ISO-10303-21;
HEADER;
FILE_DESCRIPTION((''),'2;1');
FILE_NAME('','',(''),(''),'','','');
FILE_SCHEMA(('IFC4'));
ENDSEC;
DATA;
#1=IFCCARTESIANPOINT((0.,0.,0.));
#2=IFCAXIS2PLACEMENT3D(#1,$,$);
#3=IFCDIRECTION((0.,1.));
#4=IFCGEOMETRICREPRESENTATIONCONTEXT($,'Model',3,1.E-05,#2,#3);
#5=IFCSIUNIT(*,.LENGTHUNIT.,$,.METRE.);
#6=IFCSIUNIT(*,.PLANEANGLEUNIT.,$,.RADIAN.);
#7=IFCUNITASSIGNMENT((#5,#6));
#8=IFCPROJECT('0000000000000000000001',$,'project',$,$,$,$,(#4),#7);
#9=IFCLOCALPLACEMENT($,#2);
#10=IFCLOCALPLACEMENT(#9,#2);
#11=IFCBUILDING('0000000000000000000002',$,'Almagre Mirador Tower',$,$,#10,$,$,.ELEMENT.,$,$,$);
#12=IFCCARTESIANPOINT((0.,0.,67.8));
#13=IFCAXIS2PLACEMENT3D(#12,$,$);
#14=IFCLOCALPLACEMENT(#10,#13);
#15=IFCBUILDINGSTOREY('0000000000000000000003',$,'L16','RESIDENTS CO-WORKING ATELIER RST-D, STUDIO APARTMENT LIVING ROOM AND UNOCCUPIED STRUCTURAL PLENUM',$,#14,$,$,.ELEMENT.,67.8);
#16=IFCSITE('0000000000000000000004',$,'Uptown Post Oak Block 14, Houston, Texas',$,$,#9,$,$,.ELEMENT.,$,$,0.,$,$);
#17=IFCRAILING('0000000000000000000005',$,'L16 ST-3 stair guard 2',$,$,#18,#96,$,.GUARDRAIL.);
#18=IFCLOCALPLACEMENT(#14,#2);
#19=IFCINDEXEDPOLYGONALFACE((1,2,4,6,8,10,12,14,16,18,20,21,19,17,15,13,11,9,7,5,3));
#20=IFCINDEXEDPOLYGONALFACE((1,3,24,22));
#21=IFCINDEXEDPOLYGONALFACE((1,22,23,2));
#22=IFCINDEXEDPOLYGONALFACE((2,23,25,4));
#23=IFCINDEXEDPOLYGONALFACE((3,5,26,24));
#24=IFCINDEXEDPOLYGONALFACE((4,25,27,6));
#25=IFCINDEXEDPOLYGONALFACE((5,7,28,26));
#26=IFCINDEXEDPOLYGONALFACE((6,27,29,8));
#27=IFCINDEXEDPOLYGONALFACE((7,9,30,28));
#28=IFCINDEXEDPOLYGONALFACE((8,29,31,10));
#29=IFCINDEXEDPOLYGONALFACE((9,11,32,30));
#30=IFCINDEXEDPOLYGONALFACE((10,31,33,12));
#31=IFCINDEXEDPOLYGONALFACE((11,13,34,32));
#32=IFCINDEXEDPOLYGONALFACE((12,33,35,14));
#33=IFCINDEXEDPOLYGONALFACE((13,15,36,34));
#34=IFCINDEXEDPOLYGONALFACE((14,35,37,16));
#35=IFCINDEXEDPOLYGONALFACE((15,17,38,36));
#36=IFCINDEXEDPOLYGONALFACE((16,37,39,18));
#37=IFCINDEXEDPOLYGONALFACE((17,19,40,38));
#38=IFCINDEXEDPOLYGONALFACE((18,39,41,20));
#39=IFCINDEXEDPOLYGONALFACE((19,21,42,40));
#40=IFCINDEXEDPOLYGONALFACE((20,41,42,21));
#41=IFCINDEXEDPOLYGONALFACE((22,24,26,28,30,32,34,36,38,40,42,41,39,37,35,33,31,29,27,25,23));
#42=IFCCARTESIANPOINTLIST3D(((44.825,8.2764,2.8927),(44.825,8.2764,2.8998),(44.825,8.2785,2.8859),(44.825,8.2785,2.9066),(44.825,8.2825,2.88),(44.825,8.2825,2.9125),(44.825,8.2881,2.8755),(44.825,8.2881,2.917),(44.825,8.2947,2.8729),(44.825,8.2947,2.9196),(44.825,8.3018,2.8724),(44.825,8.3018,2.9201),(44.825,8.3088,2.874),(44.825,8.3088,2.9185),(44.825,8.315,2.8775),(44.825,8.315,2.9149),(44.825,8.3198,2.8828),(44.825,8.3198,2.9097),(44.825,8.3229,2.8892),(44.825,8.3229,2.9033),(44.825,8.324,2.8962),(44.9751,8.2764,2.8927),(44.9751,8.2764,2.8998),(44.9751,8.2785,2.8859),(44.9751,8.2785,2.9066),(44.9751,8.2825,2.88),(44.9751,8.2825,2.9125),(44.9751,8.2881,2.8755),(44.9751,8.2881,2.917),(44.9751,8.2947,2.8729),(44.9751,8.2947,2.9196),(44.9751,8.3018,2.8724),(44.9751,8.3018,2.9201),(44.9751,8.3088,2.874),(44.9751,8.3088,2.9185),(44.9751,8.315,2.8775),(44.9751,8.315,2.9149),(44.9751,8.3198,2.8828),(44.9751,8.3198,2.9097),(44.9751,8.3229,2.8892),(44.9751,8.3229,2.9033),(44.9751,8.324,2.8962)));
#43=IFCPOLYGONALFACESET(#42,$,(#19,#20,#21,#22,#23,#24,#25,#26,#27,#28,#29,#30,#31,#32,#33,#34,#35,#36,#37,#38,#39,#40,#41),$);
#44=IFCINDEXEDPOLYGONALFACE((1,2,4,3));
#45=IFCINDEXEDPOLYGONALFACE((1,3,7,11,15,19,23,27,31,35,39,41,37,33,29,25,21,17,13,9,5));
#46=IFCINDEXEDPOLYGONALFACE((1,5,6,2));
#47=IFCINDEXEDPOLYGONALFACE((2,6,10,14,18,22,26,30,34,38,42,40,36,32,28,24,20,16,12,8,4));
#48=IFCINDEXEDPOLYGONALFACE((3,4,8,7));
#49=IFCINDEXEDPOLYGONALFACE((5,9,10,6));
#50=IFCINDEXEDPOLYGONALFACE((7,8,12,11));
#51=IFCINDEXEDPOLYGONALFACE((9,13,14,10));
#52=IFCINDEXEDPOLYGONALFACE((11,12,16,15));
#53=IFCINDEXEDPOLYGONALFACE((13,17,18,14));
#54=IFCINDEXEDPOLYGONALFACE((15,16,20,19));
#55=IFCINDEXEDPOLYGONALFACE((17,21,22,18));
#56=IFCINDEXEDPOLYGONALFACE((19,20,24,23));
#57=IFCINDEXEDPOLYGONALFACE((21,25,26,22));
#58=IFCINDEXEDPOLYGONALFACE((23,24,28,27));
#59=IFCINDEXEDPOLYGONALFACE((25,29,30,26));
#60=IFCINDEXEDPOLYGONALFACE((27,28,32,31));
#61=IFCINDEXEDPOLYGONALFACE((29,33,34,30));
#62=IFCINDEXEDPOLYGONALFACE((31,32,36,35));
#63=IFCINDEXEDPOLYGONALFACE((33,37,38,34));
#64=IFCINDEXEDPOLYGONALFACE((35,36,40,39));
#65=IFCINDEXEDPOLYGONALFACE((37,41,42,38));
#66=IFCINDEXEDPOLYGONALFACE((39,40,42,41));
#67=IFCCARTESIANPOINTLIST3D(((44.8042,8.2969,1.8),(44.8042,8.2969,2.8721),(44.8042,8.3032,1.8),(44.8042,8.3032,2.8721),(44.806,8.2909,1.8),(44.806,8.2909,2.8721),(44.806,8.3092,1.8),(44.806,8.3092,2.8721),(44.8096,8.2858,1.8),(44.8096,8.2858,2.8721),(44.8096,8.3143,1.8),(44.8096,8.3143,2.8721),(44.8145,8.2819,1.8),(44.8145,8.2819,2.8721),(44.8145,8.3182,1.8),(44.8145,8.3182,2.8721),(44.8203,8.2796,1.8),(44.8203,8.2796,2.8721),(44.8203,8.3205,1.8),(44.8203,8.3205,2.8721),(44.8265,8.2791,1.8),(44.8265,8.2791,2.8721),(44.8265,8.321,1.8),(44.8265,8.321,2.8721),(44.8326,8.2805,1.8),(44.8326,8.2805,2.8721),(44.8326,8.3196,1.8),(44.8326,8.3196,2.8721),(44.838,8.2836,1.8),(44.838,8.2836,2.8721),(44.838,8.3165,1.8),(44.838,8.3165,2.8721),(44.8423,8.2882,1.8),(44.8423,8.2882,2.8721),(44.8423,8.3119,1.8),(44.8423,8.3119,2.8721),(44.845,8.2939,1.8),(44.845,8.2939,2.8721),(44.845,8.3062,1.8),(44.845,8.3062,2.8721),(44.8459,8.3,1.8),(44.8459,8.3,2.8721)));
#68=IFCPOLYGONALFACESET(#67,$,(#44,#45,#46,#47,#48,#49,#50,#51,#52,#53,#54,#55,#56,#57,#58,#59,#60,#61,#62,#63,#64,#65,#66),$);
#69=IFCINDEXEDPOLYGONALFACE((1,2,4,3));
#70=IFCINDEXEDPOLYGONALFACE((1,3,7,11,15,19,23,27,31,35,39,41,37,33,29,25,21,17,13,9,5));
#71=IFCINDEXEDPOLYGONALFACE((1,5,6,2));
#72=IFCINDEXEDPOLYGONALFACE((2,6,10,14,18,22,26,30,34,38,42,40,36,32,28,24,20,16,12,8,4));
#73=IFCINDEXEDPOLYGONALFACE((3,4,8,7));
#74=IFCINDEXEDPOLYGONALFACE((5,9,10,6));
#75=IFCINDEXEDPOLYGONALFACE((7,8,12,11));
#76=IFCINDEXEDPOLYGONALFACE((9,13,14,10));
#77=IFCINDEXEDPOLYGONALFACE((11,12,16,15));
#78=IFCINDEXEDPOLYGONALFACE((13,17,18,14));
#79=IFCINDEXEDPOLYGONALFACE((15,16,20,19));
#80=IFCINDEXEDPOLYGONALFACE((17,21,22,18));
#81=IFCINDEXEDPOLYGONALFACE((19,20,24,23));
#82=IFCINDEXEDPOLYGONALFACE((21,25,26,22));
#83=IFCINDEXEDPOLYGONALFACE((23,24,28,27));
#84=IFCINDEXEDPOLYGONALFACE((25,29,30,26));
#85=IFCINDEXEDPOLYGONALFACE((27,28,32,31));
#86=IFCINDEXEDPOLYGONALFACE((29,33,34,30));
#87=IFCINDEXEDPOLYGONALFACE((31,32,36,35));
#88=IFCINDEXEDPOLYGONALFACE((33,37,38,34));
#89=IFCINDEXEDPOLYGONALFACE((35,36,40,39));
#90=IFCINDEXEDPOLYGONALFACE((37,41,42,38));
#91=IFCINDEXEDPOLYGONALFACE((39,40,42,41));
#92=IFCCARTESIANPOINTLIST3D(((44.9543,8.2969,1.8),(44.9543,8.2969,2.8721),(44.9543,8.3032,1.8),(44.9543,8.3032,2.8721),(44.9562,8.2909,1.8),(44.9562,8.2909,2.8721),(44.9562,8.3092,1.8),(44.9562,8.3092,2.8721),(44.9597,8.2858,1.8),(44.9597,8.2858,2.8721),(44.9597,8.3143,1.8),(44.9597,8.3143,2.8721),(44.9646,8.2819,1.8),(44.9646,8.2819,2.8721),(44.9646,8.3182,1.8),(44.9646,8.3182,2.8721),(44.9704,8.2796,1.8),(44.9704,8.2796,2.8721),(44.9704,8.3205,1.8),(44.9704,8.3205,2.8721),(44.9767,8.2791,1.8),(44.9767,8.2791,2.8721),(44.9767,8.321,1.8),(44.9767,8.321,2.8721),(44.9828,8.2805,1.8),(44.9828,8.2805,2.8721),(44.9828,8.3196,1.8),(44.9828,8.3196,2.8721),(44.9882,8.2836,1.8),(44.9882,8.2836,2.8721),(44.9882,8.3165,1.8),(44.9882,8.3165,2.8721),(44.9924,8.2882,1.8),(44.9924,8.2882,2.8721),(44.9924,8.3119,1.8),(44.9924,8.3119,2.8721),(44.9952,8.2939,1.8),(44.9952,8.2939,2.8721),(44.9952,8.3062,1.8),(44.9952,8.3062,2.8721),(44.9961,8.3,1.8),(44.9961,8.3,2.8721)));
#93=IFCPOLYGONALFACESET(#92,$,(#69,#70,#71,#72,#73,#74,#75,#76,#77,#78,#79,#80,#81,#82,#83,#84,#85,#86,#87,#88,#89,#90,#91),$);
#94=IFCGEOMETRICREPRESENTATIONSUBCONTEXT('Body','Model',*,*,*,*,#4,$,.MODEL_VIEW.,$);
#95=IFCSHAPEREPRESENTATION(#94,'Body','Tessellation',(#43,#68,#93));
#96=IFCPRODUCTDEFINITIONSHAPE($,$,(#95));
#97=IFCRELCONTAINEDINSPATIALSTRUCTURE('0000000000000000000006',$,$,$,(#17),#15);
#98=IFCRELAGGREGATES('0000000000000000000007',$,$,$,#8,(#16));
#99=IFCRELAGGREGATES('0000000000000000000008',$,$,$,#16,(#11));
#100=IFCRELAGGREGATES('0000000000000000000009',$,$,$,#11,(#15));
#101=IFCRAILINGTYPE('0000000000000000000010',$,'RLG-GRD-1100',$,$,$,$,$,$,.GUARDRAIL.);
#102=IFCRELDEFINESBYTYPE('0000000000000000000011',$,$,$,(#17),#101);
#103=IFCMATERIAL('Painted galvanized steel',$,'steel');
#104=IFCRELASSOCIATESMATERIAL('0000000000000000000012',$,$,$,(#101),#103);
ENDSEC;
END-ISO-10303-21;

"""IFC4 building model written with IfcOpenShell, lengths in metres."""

from ifc_helpers import new_model, si_unit, direction, frame, origin, origin_2d, place, context, subcontext, project, spatial, circle, extrude, material, type_object, element, save


model = new_model("IFC4")

# Units and contexts
model_context = context("Model", 3, precision=1e-05, world=origin(), true_north=direction((0.0, 1.0)))
body_context = subcontext(model_context, "Body", "Model", "MODEL_VIEW")
ifc_project = project(units=[si_unit("LENGTHUNIT", "METRE"), si_unit("PLANEANGLEUNIT", "RADIAN")], contexts=[model_context])

# Site, building, storey
site_placement = place(None, origin())
site = spatial("IfcSite", under=ifc_project, at=site_placement, Name="Uptown Post Oak Block 14, Houston, Texas", CompositionType="ELEMENT", RefElevation=0.0)
building_placement = place(site_placement, origin())
building = spatial("IfcBuilding", under=site, at=building_placement, Name="Almagre Mirador Tower", CompositionType="ELEMENT")
storey_placement = place(building_placement, frame((0.0, 0.0, 67.8)))
storey = spatial("IfcBuildingStorey", under=building, at=storey_placement, Name="L16", Description="RESIDENTS CO-WORKING ATELIER RST-D, STUDIO APARTMENT LIVING ROOM AND UNOCCUPIED STRUCTURAL PLENUM", CompositionType="ELEMENT", Elevation=67.8)

# Railing
ifc_material_1 = material(Name="Painted galvanized steel", Category="steel")
railing_type = type_object("IfcRailingType", Name="RLG-GRD-1100", PredefinedType="GUARDRAIL", material=ifc_material_1)
railing_1_placement = place(storey_placement, frame((44.825, 8.3, 1.8)))
element("IfcRailing", 1, at=railing_1_placement, inside=storey, type_object=railing_type, Name="L16 ST-3 stair guard 2", PredefinedType="GUARDRAIL", context=body_context, shape_type="SweptSolid", body=[
    extrude(circle(Radius=0.0239, at=origin_2d()), frame((0.0, 0.0, 1.0962), z_axis=(1.0, 0.0, 0.0), x_axis=(0.0, 1.0, 0.0)), (0.0, 0.0, 1.0), 0.1501),
    extrude(circle(Radius=0.021, at=origin_2d()), origin(), (0.0, 0.0, 1.0), 1.072),
    extrude(circle(Radius=0.021, at=origin_2d()), frame((0.1501, 0.0, 0.0)), (0.0, 0.0, 1.0), 1.072),
])

save(model, "model.ifc")
